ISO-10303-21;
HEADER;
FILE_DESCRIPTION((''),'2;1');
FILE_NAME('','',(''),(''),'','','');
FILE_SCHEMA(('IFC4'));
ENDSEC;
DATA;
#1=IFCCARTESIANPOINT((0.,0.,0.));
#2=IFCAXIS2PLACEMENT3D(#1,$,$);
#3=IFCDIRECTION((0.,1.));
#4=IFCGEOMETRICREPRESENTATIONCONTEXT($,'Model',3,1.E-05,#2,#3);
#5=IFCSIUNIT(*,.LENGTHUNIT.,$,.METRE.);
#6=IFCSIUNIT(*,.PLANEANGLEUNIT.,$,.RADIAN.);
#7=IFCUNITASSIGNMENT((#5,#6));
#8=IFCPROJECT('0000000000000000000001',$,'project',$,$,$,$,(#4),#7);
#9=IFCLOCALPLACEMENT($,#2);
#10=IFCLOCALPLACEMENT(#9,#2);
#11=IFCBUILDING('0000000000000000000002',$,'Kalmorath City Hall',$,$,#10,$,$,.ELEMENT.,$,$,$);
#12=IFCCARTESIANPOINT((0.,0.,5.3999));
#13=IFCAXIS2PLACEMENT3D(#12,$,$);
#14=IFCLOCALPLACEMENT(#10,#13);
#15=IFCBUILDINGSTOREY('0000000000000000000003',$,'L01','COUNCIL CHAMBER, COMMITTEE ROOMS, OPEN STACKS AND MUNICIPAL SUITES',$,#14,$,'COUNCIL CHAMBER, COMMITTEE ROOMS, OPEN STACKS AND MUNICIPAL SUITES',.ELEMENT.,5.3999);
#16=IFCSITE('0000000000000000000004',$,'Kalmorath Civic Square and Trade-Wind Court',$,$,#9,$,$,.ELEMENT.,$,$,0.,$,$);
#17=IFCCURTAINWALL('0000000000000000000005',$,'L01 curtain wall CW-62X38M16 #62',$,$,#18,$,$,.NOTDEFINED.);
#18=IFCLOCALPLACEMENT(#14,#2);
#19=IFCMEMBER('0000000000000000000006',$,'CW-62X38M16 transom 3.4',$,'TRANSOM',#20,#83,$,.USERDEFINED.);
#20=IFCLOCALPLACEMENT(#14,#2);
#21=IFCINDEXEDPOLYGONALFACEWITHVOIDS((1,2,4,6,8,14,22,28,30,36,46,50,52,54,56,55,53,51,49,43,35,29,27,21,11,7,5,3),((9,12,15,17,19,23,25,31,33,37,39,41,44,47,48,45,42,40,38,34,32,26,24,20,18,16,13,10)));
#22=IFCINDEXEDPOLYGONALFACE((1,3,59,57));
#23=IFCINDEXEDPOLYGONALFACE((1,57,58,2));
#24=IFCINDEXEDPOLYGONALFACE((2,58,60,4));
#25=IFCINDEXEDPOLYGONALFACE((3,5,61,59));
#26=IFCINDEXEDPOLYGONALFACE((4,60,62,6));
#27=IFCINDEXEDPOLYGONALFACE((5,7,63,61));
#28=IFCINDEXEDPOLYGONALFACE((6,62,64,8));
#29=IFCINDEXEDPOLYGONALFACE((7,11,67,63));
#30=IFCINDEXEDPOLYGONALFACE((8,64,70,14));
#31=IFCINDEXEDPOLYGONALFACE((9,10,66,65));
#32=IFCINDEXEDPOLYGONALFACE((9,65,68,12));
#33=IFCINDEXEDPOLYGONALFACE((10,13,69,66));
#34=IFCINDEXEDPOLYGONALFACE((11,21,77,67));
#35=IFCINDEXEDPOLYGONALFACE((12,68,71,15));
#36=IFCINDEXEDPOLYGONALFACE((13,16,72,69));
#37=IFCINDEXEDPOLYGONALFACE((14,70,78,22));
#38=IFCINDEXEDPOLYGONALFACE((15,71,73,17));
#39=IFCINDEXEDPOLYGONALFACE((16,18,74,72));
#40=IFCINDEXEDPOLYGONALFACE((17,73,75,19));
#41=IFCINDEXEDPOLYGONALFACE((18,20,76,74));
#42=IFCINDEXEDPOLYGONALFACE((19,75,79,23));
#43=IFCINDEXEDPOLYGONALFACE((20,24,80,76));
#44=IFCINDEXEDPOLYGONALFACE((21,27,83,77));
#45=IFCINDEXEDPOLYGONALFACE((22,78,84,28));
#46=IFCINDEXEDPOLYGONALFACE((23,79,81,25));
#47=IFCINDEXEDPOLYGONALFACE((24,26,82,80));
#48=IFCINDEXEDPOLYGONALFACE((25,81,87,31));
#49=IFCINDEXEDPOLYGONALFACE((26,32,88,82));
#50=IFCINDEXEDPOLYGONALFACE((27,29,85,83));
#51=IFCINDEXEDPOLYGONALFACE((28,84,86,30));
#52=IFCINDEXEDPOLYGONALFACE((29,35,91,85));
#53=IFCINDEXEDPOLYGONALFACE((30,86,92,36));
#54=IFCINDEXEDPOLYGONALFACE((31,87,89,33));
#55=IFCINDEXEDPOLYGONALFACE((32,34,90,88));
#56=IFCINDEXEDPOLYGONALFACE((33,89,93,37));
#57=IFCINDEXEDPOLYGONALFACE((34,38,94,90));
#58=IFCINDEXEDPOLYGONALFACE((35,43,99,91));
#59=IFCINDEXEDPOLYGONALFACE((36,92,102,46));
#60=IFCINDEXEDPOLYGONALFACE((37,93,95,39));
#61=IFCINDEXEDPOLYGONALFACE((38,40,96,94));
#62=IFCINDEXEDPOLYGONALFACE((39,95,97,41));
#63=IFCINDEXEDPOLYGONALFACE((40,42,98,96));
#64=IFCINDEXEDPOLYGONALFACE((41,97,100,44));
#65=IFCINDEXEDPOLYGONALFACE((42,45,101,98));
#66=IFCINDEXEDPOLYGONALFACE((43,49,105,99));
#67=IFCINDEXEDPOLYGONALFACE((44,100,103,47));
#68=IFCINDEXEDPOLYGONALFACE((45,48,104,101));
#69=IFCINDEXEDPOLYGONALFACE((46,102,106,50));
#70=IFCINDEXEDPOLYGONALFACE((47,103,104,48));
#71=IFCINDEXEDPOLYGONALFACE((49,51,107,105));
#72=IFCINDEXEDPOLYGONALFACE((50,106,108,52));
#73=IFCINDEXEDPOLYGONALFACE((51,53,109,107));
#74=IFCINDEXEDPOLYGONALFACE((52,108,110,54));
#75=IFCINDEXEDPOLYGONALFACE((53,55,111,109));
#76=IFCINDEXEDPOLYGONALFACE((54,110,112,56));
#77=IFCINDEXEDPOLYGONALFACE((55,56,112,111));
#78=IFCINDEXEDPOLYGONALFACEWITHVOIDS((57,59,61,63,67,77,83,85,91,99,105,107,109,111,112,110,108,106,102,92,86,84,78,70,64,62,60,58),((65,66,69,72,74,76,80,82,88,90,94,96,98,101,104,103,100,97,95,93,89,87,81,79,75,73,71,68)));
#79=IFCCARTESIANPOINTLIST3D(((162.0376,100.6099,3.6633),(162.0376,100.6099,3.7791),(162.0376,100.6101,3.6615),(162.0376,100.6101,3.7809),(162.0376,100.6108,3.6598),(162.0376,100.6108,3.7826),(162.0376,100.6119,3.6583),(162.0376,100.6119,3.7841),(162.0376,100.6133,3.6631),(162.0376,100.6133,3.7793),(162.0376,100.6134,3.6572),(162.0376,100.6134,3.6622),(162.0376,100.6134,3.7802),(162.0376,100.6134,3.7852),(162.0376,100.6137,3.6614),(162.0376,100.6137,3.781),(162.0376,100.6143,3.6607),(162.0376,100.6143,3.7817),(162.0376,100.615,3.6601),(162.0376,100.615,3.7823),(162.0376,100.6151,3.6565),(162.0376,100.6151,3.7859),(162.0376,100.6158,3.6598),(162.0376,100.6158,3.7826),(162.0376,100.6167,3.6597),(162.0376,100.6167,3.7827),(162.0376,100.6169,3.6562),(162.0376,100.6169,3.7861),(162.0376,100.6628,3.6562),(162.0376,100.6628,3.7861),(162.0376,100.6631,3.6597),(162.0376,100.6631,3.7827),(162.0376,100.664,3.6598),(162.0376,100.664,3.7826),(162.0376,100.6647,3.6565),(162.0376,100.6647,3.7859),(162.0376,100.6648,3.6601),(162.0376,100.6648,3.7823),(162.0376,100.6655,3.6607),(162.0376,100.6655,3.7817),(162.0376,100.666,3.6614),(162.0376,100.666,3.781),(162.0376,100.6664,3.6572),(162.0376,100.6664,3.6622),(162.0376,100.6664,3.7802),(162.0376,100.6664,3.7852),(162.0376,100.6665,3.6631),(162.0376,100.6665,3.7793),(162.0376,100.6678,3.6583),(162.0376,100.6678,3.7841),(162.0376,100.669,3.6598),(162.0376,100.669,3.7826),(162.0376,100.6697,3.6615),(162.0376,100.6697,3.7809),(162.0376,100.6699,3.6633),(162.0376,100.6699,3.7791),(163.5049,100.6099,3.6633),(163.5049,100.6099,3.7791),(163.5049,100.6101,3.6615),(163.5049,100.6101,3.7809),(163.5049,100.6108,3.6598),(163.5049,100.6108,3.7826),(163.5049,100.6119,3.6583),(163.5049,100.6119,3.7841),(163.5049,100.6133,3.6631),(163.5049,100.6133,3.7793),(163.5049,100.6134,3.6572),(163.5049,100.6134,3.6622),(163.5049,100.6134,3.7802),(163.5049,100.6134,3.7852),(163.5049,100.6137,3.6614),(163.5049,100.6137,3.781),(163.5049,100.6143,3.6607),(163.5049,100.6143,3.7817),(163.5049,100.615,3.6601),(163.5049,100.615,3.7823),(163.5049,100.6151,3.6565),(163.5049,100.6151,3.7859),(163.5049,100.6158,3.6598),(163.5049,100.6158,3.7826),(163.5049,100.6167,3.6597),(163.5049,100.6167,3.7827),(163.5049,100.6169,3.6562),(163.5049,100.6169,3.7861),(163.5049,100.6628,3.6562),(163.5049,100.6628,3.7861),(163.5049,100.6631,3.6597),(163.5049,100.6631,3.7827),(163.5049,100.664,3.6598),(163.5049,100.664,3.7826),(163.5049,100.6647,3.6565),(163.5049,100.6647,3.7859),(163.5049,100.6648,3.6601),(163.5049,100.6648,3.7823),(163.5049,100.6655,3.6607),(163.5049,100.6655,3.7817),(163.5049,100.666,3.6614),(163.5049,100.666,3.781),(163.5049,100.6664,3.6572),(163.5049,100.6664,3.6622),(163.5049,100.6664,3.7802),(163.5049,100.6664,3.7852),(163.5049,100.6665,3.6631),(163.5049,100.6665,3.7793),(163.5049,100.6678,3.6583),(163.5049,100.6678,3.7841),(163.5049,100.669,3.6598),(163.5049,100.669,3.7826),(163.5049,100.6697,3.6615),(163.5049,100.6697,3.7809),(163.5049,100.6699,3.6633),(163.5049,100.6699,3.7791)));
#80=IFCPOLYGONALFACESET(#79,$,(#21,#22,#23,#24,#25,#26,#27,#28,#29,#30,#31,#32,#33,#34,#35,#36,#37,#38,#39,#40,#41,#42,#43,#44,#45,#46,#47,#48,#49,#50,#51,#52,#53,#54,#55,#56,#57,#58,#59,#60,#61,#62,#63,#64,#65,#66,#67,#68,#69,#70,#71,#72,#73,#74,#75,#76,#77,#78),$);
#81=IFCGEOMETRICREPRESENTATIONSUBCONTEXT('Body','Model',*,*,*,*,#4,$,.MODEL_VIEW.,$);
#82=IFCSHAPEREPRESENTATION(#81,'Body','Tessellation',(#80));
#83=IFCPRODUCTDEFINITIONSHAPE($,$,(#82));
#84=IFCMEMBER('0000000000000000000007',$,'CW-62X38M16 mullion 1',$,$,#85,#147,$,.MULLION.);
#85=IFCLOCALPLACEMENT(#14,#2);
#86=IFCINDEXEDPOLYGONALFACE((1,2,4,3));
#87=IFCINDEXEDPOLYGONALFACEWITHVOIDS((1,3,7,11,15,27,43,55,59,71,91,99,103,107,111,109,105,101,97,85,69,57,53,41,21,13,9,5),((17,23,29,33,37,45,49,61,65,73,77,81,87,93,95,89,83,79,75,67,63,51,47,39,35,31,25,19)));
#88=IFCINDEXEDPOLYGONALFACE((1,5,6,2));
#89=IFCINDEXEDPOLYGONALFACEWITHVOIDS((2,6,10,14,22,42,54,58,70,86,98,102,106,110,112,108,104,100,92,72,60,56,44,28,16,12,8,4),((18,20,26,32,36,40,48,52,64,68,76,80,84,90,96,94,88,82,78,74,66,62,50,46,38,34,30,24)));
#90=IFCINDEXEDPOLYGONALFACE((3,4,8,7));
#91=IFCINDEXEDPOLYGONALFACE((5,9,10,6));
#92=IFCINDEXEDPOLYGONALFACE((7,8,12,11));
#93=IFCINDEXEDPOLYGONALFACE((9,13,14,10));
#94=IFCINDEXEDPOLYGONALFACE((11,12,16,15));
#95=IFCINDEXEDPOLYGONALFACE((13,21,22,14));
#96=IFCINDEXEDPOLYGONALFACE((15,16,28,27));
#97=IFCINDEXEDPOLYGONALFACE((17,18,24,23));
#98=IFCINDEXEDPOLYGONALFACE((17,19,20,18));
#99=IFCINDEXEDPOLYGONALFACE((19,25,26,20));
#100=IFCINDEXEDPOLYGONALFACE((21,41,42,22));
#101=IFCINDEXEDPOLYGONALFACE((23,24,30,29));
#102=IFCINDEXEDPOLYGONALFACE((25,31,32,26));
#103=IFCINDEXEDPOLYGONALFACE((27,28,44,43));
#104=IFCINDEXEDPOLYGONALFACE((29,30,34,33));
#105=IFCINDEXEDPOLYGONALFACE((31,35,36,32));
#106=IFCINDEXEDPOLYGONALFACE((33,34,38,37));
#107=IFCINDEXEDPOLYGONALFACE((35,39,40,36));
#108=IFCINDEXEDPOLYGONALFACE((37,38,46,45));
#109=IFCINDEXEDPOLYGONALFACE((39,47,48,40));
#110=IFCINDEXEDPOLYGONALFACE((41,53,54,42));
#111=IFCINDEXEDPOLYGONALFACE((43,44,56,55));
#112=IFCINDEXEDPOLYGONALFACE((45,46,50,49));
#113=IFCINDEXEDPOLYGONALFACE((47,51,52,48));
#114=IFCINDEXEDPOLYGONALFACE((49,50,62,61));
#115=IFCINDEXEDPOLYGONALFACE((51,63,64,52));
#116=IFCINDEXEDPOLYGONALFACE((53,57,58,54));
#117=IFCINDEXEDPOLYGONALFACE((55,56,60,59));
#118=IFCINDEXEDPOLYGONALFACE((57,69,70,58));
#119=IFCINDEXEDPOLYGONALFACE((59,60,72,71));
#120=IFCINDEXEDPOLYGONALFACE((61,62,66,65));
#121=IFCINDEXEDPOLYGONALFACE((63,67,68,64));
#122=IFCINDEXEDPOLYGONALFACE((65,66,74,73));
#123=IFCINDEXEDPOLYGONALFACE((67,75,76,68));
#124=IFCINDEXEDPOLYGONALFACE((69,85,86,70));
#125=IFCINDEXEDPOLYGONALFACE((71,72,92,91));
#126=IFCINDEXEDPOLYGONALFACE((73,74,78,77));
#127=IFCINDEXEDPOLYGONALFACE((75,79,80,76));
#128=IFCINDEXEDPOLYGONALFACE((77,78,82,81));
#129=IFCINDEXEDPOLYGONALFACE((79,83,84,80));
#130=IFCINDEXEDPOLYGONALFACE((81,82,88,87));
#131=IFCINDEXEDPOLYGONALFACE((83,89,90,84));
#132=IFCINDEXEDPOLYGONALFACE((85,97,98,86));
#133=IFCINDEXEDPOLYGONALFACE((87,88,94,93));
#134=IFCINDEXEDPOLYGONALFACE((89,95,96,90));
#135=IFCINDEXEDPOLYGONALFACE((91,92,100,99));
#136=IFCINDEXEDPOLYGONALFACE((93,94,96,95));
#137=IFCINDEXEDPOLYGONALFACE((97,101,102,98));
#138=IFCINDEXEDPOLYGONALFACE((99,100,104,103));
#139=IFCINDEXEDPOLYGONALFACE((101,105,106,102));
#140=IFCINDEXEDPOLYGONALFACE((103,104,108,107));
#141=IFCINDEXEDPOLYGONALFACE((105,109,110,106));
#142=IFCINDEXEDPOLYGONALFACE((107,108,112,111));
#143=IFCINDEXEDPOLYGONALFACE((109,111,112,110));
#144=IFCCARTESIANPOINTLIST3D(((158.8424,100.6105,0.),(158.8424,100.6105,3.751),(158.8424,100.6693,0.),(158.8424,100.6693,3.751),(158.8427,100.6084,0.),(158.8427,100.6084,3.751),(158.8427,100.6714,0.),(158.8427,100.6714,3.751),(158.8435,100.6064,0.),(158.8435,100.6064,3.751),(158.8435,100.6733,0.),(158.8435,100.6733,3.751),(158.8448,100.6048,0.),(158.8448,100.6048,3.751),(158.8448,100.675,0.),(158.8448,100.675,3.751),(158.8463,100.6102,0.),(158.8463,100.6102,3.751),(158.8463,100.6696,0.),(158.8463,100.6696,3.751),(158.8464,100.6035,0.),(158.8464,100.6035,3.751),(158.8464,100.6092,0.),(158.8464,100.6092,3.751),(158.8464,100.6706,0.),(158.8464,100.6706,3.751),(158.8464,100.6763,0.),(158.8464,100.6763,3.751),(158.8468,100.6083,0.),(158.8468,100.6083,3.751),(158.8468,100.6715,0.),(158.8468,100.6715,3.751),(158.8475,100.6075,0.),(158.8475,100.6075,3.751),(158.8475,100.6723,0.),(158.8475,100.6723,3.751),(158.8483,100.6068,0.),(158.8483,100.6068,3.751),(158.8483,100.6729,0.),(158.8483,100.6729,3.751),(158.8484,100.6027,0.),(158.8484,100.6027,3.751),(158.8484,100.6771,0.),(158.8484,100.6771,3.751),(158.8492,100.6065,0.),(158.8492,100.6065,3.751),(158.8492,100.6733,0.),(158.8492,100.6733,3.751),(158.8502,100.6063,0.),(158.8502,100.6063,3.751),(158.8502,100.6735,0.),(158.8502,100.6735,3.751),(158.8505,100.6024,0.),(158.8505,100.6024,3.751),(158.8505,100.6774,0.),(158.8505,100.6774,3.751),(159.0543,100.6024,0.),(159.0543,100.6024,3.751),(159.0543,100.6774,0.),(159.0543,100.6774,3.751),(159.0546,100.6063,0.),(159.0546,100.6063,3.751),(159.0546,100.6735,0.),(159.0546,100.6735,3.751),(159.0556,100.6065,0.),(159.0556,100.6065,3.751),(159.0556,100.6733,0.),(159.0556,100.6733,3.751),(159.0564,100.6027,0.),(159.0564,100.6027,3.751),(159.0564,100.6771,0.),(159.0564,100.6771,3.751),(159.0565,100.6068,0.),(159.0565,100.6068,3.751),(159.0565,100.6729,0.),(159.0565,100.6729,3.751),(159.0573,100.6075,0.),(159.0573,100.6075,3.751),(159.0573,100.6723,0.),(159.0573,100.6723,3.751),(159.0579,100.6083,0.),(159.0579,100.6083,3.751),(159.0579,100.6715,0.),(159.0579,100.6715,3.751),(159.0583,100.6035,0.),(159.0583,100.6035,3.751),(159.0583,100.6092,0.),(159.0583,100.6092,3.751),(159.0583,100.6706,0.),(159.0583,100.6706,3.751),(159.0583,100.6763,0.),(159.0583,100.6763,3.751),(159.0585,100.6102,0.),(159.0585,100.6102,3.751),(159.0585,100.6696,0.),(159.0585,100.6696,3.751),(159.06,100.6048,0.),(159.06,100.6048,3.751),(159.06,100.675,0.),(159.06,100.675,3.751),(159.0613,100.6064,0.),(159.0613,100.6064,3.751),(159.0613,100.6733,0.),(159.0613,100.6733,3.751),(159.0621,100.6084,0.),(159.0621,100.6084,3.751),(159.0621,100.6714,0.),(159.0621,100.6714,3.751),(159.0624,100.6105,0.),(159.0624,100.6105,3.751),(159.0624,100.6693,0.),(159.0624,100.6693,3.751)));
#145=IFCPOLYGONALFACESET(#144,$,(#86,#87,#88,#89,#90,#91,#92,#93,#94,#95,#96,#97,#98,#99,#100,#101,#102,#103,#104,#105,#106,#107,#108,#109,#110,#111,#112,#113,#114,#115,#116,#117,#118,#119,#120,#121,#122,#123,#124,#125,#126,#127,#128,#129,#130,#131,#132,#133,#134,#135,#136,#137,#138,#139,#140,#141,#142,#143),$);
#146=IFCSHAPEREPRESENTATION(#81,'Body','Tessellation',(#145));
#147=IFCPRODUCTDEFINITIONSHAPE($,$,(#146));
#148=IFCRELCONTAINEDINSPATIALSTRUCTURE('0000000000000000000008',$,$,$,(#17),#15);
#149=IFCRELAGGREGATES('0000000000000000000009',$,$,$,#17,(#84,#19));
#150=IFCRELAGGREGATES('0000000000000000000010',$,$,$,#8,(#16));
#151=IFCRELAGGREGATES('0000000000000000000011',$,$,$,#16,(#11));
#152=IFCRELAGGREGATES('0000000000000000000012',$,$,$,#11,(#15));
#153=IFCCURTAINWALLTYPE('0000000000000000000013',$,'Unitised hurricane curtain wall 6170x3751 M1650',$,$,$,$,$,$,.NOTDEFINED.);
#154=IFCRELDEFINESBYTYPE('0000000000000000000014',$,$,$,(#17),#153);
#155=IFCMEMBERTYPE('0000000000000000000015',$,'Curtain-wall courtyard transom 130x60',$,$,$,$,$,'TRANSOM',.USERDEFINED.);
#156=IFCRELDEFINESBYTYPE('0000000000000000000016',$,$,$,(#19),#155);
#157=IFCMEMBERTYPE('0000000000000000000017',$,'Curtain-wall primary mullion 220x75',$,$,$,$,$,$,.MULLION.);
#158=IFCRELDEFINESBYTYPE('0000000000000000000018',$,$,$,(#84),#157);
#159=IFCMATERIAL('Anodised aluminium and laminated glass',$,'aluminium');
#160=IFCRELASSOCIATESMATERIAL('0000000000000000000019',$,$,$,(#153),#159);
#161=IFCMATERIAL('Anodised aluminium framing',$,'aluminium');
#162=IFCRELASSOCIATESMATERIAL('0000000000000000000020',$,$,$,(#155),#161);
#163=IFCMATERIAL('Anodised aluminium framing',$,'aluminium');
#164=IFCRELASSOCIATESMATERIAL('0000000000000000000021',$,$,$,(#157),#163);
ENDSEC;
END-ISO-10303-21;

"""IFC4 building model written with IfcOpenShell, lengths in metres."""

from ifc_helpers import new_model, si_unit, direction, frame, origin, origin_2d, place, context, subcontext, project, spatial, hollow_rectangle, extrude, material, material_profile, profile_set, type_object, element, aggregate, save


model = new_model("IFC4")

# Units and contexts
model_context = context("Model", 3, precision=1e-05, world=origin(), true_north=direction((0.0, 1.0)))
body_context = subcontext(model_context, "Body", "Model", "MODEL_VIEW")
ifc_project = project(units=[si_unit("LENGTHUNIT", "METRE"), si_unit("PLANEANGLEUNIT", "RADIAN")], contexts=[model_context])

# Site, building, storey
site_placement = place(None, origin())
site = spatial("IfcSite", under=ifc_project, at=site_placement, Name="Kalmorath Civic Square and Trade-Wind Court", CompositionType="ELEMENT", RefElevation=0.0)
building_placement = place(site_placement, origin())
building = spatial("IfcBuilding", under=site, at=building_placement, Name="Kalmorath City Hall", CompositionType="ELEMENT")
storey_placement = place(building_placement, frame((0.0, 0.0, 5.3999)))
storey = spatial("IfcBuildingStorey", under=building, at=storey_placement, Name="L01", Description="COUNCIL CHAMBER, COMMITTEE ROOMS, OPEN STACKS AND MUNICIPAL SUITES", LongName="COUNCIL CHAMBER, COMMITTEE ROOMS, OPEN STACKS AND MUNICIPAL SUITES", CompositionType="ELEMENT", Elevation=5.3999)

# Curtain wall, members
ifc_material_1 = material(Name="Anodised aluminium and laminated glass", Category="aluminium")
curtain_wall_type = type_object("IfcCurtainWallType", Name="Unitised hurricane curtain wall 6170x3751 M1650", PredefinedType="NOTDEFINED", material=ifc_material_1)
curtain_wall_placement = place(storey_placement, origin())
curtain_wall = element("IfcCurtainWall", 1, at=curtain_wall_placement, inside=storey, type_object=curtain_wall_type, Name="L01 curtain wall CW-62X38M16 #62", PredefinedType="NOTDEFINED")
ifc_material_2 = material(Name="Anodised aluminium framing", Category="aluminium")
ifc_material_profile_1 = material_profile(ifc_material_2, hollow_rectangle(XDim=0.0601, YDim=0.1299, WallThickness=0.0034, InnerFilletRadius=0.0034, OuterFilletRadius=0.0071, at=origin_2d()), Name="ALU-TRN-130X60X3.5")
ifc_profile_set_1 = profile_set([ifc_material_profile_1], Name="Anodised aluminium framing")
member_type_1 = type_object("IfcMemberType", Name="Curtain-wall courtyard transom 130x60", ElementType="TRANSOM", PredefinedType="USERDEFINED", material=ifc_profile_set_1)
member_1_placement = place(storey_placement, frame((162.0376, 100.6399, 3.7212), z_axis=(1.0, 0.0, 0.0), x_axis=(0.0, 1.0, 0.0)))
member_1 = element("IfcMember", 2, at=member_1_placement, type_object=member_type_1, Name="CW-62X38M16 transom 3.4", ObjectType="TRANSOM", PredefinedType="USERDEFINED", context=body_context, shape_type="SweptSolid", body=[
    extrude(hollow_rectangle(XDim=0.0601, YDim=0.1299, WallThickness=0.0034, InnerFilletRadius=0.0034, OuterFilletRadius=0.0071, at=origin_2d()), origin(), (0.0, 0.0, 1.0), 1.4673),
])
ifc_material_3 = material(Name="Anodised aluminium framing", Category="aluminium")
ifc_material_profile_2 = material_profile(ifc_material_3, hollow_rectangle(XDim=0.075, YDim=0.22, WallThickness=0.0039, InnerFilletRadius=0.0039, OuterFilletRadius=0.0081, at=origin_2d()), Name="ALU-MUL-220X75X4")
ifc_profile_set_2 = profile_set([ifc_material_profile_2], Name="Anodised aluminium framing")
member_type_2 = type_object("IfcMemberType", Name="Curtain-wall primary mullion 220x75", PredefinedType="MULLION", material=ifc_profile_set_2)
member_2_placement = place(storey_placement, frame((158.9524, 100.6399, 0.0), z_axis=(0.0, 0.0, 1.0), x_axis=(0.0, 1.0, 0.0)))
member_2 = element("IfcMember", 3, at=member_2_placement, type_object=member_type_2, Name="CW-62X38M16 mullion 1", PredefinedType="MULLION", context=body_context, shape_type="SweptSolid", body=[
    extrude(hollow_rectangle(XDim=0.075, YDim=0.22, WallThickness=0.0039, InnerFilletRadius=0.0039, OuterFilletRadius=0.0081, at=origin_2d()), origin(), (0.0, 0.0, 1.0), 3.751),
])

aggregate(curtain_wall, [member_2, member_1])

save(model, "model.ifc")
